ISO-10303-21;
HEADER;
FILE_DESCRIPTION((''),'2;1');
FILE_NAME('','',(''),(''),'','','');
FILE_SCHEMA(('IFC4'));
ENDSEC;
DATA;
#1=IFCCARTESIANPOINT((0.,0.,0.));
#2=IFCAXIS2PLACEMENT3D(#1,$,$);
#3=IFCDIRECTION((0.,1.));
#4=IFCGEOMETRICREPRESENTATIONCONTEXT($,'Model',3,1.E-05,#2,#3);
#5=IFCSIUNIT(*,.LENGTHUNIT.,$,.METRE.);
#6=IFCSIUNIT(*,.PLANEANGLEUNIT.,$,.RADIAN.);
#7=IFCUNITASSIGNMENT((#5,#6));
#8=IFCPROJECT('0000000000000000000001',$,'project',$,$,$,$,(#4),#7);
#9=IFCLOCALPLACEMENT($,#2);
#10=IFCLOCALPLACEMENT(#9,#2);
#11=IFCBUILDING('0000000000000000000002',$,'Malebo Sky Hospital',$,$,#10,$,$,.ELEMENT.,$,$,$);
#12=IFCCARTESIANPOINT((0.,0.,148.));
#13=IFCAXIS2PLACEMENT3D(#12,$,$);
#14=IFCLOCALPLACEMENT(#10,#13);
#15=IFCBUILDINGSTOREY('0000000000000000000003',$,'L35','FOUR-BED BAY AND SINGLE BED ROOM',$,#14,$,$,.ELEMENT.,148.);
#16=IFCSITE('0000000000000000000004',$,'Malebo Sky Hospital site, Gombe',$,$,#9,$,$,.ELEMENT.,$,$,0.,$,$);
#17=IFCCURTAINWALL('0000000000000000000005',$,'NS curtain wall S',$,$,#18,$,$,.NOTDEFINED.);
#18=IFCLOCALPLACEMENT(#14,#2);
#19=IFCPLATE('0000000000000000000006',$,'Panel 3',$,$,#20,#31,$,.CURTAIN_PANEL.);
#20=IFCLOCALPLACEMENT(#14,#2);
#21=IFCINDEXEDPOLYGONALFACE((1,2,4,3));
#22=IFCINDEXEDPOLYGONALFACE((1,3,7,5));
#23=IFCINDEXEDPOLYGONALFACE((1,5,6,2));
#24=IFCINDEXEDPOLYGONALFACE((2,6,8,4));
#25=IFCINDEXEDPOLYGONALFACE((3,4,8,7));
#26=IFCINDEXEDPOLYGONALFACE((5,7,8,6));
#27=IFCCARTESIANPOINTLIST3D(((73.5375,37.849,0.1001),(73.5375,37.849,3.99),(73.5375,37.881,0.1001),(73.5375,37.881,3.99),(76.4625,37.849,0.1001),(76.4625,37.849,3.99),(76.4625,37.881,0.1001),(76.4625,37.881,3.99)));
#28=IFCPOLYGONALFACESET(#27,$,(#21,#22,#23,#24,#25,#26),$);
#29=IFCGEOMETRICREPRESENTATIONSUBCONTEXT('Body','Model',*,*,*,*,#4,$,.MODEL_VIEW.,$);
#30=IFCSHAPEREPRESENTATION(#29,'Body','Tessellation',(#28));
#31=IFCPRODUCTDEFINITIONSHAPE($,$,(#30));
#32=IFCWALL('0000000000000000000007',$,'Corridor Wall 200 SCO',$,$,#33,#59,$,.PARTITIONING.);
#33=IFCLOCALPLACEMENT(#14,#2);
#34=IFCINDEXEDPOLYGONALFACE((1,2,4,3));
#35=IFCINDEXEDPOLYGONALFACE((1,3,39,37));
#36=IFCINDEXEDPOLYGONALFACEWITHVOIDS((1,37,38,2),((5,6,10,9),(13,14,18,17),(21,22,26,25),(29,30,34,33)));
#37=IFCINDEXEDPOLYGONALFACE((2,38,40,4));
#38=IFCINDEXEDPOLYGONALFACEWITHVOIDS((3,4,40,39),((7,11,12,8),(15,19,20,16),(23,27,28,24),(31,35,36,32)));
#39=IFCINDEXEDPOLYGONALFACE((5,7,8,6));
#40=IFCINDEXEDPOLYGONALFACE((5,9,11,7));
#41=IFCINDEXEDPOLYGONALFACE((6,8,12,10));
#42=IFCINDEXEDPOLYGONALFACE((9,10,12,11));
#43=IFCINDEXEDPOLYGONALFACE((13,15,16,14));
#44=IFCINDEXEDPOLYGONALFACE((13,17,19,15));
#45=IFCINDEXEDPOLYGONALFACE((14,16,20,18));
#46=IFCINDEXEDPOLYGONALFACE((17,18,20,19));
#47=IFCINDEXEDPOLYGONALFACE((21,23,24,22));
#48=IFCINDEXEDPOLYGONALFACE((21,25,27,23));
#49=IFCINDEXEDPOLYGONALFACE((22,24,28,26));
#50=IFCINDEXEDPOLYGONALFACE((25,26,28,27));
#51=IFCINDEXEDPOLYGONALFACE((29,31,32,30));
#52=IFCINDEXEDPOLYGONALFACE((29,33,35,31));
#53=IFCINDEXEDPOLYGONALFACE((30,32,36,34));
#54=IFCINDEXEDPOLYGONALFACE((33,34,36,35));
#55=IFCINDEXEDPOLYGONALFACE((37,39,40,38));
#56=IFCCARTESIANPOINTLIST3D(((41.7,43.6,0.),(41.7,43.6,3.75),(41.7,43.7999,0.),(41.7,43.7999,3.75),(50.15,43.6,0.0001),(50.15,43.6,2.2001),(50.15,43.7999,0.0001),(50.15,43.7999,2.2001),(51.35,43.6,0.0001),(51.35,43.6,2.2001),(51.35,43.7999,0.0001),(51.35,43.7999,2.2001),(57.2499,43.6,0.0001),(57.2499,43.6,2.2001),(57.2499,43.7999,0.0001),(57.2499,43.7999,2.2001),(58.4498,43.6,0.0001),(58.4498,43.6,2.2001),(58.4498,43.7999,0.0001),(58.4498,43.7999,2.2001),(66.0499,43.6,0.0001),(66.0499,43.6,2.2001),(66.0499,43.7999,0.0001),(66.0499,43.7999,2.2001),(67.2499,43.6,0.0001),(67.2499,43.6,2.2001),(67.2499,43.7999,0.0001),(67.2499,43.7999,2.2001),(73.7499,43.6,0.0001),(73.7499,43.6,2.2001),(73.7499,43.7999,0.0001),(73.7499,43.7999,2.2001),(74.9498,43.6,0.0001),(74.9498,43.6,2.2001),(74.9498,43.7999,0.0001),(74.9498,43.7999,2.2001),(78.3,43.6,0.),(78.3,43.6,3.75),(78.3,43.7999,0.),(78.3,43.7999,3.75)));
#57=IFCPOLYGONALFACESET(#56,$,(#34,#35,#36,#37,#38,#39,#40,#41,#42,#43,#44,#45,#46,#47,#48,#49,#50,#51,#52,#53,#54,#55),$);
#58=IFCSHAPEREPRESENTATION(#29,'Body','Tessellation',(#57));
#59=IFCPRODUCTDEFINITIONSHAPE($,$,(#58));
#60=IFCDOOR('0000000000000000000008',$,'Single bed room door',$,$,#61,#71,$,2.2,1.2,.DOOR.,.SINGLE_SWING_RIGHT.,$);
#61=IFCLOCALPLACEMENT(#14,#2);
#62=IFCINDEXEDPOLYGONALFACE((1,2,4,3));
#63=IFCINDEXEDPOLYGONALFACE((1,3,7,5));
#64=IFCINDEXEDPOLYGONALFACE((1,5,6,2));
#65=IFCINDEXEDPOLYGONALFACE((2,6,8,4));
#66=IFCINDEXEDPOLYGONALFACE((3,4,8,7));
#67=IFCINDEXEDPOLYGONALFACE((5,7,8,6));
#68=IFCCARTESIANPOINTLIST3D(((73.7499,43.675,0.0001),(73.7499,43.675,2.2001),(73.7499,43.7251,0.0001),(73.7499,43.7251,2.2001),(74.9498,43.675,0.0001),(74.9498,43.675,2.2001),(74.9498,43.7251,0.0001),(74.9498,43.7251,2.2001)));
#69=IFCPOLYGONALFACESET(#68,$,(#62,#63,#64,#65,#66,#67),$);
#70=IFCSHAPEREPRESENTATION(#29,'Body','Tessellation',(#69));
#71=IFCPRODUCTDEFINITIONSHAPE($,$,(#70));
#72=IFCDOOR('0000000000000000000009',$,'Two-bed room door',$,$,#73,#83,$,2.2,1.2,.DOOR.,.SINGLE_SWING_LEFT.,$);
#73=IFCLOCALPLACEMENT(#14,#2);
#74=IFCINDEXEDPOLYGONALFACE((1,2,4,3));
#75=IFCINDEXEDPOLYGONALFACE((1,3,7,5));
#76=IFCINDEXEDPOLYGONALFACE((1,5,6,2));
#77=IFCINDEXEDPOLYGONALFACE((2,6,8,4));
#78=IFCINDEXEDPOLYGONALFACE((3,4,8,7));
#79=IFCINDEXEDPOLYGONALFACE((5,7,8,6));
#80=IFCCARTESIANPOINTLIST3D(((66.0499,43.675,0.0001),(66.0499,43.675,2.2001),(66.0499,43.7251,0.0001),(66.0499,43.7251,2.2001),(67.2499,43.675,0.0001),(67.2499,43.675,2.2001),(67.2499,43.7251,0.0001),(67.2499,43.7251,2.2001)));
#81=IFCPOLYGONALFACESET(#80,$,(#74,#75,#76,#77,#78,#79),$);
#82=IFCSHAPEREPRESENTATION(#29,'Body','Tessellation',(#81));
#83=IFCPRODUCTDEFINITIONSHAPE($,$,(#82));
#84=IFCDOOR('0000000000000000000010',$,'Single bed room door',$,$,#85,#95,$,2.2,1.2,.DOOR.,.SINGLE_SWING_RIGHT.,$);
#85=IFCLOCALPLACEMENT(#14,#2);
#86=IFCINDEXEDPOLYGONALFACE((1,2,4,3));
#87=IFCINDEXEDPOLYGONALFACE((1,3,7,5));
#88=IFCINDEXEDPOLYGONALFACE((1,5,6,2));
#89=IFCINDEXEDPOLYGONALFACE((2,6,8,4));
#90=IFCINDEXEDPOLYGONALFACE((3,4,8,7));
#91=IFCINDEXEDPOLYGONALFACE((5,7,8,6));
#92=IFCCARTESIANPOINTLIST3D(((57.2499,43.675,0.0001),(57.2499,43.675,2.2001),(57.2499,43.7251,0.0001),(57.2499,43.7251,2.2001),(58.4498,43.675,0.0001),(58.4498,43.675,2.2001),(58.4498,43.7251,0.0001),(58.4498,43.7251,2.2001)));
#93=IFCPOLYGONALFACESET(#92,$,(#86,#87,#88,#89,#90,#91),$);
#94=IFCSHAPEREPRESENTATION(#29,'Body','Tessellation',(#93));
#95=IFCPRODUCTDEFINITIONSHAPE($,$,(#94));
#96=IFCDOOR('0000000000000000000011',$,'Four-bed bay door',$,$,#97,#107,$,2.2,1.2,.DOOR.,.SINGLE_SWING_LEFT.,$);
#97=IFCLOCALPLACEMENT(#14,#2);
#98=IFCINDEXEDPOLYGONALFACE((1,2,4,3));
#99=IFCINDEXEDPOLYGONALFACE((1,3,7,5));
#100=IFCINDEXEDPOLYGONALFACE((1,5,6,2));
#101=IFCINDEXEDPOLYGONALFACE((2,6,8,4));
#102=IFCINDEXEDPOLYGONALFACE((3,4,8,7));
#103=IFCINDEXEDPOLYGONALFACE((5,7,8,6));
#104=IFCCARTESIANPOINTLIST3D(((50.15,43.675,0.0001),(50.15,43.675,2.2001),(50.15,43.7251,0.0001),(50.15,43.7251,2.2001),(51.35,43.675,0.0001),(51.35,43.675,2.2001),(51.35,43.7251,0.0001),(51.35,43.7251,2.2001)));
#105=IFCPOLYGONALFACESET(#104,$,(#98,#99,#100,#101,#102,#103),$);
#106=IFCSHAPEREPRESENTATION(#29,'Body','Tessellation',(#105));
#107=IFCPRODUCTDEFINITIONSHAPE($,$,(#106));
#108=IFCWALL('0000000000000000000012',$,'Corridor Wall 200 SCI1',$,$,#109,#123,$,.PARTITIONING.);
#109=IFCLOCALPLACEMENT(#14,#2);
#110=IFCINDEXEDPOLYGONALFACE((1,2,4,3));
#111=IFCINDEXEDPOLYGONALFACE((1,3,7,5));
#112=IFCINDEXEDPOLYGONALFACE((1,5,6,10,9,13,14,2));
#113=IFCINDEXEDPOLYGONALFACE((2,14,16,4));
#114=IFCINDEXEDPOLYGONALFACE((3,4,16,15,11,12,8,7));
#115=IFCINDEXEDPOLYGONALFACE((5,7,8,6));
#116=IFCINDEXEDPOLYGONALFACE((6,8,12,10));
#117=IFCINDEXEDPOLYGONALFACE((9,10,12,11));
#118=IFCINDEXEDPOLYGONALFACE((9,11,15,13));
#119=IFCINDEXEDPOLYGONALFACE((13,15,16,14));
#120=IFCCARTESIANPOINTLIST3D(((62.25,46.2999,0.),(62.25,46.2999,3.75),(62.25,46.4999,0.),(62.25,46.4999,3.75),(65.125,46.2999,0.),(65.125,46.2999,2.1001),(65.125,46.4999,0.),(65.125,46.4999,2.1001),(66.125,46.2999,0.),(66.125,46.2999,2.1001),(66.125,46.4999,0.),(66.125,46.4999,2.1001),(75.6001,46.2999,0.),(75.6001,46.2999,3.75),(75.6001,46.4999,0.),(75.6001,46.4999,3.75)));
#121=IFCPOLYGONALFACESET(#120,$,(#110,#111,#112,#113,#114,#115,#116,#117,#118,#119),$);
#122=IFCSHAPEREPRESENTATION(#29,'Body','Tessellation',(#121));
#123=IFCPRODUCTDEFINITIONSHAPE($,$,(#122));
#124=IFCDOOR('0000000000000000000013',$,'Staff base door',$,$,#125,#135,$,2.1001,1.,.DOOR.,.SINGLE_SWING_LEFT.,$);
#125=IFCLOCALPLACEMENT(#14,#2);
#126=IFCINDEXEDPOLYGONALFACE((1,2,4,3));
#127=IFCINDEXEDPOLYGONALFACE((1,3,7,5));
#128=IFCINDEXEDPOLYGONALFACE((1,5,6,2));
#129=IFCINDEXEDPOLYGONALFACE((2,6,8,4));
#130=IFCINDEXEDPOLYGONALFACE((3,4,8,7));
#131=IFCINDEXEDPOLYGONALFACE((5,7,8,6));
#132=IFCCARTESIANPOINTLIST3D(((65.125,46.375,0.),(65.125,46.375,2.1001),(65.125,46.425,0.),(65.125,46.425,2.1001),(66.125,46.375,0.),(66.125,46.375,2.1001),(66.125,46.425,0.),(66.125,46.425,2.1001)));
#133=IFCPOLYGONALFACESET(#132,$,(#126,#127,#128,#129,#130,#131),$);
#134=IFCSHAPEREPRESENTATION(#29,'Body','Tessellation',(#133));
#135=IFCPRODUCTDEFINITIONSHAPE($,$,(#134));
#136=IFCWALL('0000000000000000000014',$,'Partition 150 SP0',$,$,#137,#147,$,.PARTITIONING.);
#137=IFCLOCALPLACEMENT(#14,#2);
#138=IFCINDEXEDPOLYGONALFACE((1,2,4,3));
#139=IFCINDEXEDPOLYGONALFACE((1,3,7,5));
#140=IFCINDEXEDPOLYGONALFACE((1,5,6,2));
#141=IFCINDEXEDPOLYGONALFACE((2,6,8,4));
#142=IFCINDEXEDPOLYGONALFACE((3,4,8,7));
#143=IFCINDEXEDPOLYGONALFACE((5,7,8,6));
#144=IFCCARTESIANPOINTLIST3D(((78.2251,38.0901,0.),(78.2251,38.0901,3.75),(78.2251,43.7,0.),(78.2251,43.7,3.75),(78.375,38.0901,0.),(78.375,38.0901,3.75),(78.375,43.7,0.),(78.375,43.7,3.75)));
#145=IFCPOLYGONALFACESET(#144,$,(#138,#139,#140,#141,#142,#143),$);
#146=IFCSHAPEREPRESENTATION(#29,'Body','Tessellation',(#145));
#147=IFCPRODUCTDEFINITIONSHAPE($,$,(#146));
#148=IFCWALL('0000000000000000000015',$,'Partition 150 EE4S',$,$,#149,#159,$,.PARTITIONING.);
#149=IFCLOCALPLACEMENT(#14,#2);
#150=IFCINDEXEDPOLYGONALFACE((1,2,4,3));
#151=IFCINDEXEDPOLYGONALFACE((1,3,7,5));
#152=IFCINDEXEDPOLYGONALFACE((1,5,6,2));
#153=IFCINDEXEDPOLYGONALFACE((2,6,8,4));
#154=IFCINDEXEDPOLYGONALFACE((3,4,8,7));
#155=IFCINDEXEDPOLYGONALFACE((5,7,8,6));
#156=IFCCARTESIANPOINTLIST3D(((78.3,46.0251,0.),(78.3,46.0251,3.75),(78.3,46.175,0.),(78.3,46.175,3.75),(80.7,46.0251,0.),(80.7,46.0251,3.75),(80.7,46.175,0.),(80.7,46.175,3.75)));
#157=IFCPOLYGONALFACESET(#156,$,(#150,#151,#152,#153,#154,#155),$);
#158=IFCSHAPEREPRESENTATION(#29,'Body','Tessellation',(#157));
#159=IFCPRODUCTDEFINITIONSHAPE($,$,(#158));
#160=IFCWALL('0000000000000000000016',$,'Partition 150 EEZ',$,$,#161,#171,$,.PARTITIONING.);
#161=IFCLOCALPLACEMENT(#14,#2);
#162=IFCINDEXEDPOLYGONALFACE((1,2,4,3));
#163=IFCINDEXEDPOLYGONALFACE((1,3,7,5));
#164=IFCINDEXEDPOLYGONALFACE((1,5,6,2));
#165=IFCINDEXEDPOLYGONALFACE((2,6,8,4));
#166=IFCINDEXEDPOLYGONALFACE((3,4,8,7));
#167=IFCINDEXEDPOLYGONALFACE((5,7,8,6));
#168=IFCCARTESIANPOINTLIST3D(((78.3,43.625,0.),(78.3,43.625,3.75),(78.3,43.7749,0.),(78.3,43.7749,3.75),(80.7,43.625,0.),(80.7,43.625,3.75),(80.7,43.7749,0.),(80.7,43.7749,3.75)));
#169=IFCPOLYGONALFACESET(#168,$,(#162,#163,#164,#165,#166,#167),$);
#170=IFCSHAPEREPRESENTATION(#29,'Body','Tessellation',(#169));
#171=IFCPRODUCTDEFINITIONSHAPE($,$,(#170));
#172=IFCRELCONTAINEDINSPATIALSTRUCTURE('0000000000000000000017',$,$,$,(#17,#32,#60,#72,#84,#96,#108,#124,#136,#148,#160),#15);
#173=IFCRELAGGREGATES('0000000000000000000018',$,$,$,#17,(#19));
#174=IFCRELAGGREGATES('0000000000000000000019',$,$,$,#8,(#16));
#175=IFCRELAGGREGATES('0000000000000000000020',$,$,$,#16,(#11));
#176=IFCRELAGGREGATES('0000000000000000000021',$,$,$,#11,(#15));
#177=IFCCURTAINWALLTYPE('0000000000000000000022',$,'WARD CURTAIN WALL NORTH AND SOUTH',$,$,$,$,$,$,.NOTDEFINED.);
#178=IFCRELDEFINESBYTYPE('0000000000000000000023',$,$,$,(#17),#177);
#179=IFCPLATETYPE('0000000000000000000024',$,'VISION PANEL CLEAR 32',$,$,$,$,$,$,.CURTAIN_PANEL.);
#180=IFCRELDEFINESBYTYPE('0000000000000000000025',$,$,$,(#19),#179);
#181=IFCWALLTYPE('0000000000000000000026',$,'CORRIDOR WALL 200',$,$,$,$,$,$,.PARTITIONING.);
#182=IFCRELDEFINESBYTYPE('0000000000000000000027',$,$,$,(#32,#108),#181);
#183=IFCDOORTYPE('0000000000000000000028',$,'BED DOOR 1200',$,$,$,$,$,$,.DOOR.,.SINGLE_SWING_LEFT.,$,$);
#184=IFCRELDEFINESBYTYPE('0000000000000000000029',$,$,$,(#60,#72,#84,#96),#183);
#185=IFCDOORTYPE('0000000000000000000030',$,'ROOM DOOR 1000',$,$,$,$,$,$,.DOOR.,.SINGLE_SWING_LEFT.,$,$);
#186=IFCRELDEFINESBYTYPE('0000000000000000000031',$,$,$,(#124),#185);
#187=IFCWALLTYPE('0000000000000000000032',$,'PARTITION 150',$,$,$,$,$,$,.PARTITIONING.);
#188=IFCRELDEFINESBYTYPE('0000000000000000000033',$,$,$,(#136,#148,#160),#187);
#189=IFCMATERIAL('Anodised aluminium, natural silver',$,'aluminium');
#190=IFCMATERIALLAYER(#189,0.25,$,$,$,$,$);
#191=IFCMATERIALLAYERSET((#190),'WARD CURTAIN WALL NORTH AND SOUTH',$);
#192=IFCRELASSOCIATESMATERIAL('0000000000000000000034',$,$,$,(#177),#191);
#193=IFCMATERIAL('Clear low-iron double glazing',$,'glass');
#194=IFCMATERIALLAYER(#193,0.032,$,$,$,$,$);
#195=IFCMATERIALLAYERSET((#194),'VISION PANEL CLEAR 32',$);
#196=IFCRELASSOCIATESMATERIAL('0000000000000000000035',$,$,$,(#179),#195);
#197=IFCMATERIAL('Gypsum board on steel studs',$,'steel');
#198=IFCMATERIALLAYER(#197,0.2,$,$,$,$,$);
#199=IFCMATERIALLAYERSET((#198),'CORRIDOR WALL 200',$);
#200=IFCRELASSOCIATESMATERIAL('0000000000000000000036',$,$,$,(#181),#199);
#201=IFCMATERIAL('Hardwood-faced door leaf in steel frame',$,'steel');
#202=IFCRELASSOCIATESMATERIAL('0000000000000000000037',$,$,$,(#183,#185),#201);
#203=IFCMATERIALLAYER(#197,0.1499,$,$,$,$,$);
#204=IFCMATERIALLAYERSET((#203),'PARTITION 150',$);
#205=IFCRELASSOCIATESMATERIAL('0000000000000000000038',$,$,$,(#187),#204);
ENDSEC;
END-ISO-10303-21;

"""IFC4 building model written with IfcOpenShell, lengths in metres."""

from ifc_helpers import new_model, si_unit, direction, frame, frame_2d, origin, origin_2d, place, context, subcontext, project, spatial, rectangle, extrude, material, layer, layer_set, type_object, element, fill, aggregate, save


model = new_model("IFC4")

# Units and contexts
model_context = context("Model", 3, precision=1e-05, world=origin(), true_north=direction((0.0, 1.0)))
body_context = subcontext(model_context, "Body", "Model", "MODEL_VIEW")
ifc_project = project(units=[si_unit("LENGTHUNIT", "METRE"), si_unit("PLANEANGLEUNIT", "RADIAN")], contexts=[model_context])

# Site, building, storey
site_placement = place(None, origin())
site = spatial("IfcSite", under=ifc_project, at=site_placement, Name="Malebo Sky Hospital site, Gombe", CompositionType="ELEMENT", RefElevation=0.0)
building_placement = place(site_placement, origin())
building = spatial("IfcBuilding", under=site, at=building_placement, Name="Malebo Sky Hospital", CompositionType="ELEMENT")
storey_placement = place(building_placement, frame((0.0, 0.0, 148.0)))
storey = spatial("IfcBuildingStorey", under=building, at=storey_placement, Name="L35", Description="FOUR-BED BAY AND SINGLE BED ROOM", CompositionType="ELEMENT", Elevation=148.0)

# Curtain wall
ifc_material_1 = material(Name="Anodised aluminium, natural silver", Category="aluminium")
ifc_layer_1 = layer(ifc_material_1, 0.25)
ifc_layer_set_1 = layer_set([ifc_layer_1], Name="WARD CURTAIN WALL NORTH AND SOUTH")
curtain_wall_type = type_object("IfcCurtainWallType", Name="WARD CURTAIN WALL NORTH AND SOUTH", PredefinedType="NOTDEFINED", material=ifc_layer_set_1)
curtain_wall_placement = place(storey_placement, origin())
curtain_wall = element("IfcCurtainWall", 1, at=curtain_wall_placement, inside=storey, type_object=curtain_wall_type, Name="NS curtain wall S", PredefinedType="NOTDEFINED")

# Plate
ifc_material_2 = material(Name="Clear low-iron double glazing", Category="glass")
ifc_layer_2 = layer(ifc_material_2, 0.032)
ifc_layer_set_2 = layer_set([ifc_layer_2], Name="VISION PANEL CLEAR 32")
plate_type = type_object("IfcPlateType", Name="VISION PANEL CLEAR 32", PredefinedType="CURTAIN_PANEL", material=ifc_layer_set_2)
plate_1_placement = place(storey_placement, frame((75.0, 37.865, 0.1001), z_axis=(0.0, 0.0, 1.0), x_axis=(-1.0, 0.0, 0.0)))
plate_1 = element("IfcPlate", 2, at=plate_1_placement, type_object=plate_type, Name="Panel 3", PredefinedType="CURTAIN_PANEL", context=body_context, shape_type="SweptSolid", body=[
    extrude(rectangle(XDim=2.925, YDim=0.032, at=origin_2d()), origin(), (0.0, 0.0, 1.0), 3.8899),
])
aggregate(curtain_wall, [plate_1])

# Wall, openings, doors
ifc_material_3 = material(Name="Gypsum board on steel studs", Category="steel")
ifc_layer_3 = layer(ifc_material_3, 0.2)
ifc_layer_set_3 = layer_set([ifc_layer_3], Name="CORRIDOR WALL 200")
wall_type_1 = type_object("IfcWallType", Name="CORRIDOR WALL 200", PredefinedType="PARTITIONING", material=ifc_layer_set_3)
wall_1_placement = place(storey_placement, frame((78.3, 43.7, 0.0), z_axis=(0.0, 0.0, 1.0), x_axis=(-1.0, 0.0, 0.0)))
wall_1 = element("IfcWall", 3, at=wall_1_placement, inside=storey, type_object=wall_type_1, Name="Corridor Wall 200 SCO", PredefinedType="PARTITIONING", context=body_context, shape_type="SweptSolid", body=[
    extrude(rectangle(XDim=36.6001, YDim=0.2, at=frame_2d((18.3, 0.0))), origin(), (0.0, 0.0, 1.0), 3.75),
])
opening_1_placement = place(wall_1_placement, frame((3.3501, 0.0, 0.0)))
opening_1 = element("IfcOpeningElement", 4, at=opening_1_placement, cuts=wall_1, PredefinedType="OPENING", context=body_context, shape_type="SweptSolid", body=[
    extrude(rectangle(XDim=1.2, YDim=2.2, at=frame_2d((0.6001, 1.1001))), frame((0.0, 0.1099, 0.0), z_axis=(0.0, -1.0, 0.0), x_axis=(1.0, 0.0, 0.0)), (0.0, 0.0, 1.0), 0.22),
])
opening_2_placement = place(wall_1_placement, frame((11.05, 0.0, 0.0)))
opening_2 = element("IfcOpeningElement", 5, at=opening_2_placement, cuts=wall_1, PredefinedType="OPENING", context=body_context, shape_type="SweptSolid", body=[
    extrude(rectangle(XDim=1.2, YDim=2.2, at=frame_2d((0.6001, 1.1001))), frame((0.0, 0.1099, 0.0), z_axis=(0.0, -1.0, 0.0), x_axis=(1.0, 0.0, 0.0)), (0.0, 0.0, 1.0), 0.22),
])
opening_3_placement = place(wall_1_placement, frame((19.8501, 0.0, 0.0)))
opening_3 = element("IfcOpeningElement", 6, at=opening_3_placement, cuts=wall_1, PredefinedType="OPENING", context=body_context, shape_type="SweptSolid", body=[
    extrude(rectangle(XDim=1.2, YDim=2.2, at=frame_2d((0.6001, 1.1001))), frame((0.0, 0.1099, 0.0), z_axis=(0.0, -1.0, 0.0), x_axis=(1.0, 0.0, 0.0)), (0.0, 0.0, 1.0), 0.22),
])
opening_4_placement = place(wall_1_placement, frame((26.95, 0.0, 0.0)))
opening_4 = element("IfcOpeningElement", 7, at=opening_4_placement, cuts=wall_1, PredefinedType="OPENING", context=body_context, shape_type="SweptSolid", body=[
    extrude(rectangle(XDim=1.2, YDim=2.2, at=frame_2d((0.6001, 1.1001))), frame((0.0, 0.1099, 0.0), z_axis=(0.0, -1.0, 0.0), x_axis=(1.0, 0.0, 0.0)), (0.0, 0.0, 1.0), 0.22),
])
ifc_material_4 = material(Name="Hardwood-faced door leaf in steel frame", Category="steel")
door_type_1 = type_object("IfcDoorType", Name="BED DOOR 1200", OperationType="SINGLE_SWING_LEFT", PredefinedType="DOOR", material=ifc_material_4)
door_1_placement = place(opening_1_placement, origin())
door_1 = element("IfcDoor", 8, at=door_1_placement, inside=storey, type_object=door_type_1, Name="Single bed room door", OperationType="SINGLE_SWING_RIGHT", OverallHeight=2.2, OverallWidth=1.2, PredefinedType="DOOR", context=body_context, shape_type="SweptSolid", body=[
    extrude(rectangle(XDim=1.2, YDim=2.2, at=frame_2d((0.6001, 1.1001))), frame((0.0, 0.0249, 0.0), z_axis=(0.0, -1.0, 0.0), x_axis=(1.0, 0.0, 0.0)), (0.0, 0.0, 1.0), 0.05),
])
fill(opening_1, door_1)
door_2_placement = place(opening_2_placement, origin())
door_2 = element("IfcDoor", 9, at=door_2_placement, inside=storey, type_object=door_type_1, Name="Two-bed room door", OperationType="SINGLE_SWING_LEFT", OverallHeight=2.2, OverallWidth=1.2, PredefinedType="DOOR", context=body_context, shape_type="SweptSolid", body=[
    extrude(rectangle(XDim=1.2, YDim=2.2, at=frame_2d((0.6001, 1.1001))), frame((0.0, 0.0249, 0.0), z_axis=(0.0, -1.0, 0.0), x_axis=(1.0, 0.0, 0.0)), (0.0, 0.0, 1.0), 0.05),
])
fill(opening_2, door_2)
door_3_placement = place(opening_3_placement, origin())
door_3 = element("IfcDoor", 10, at=door_3_placement, inside=storey, type_object=door_type_1, Name="Single bed room door", OperationType="SINGLE_SWING_RIGHT", OverallHeight=2.2, OverallWidth=1.2, PredefinedType="DOOR", context=body_context, shape_type="SweptSolid", body=[
    extrude(rectangle(XDim=1.2, YDim=2.2, at=frame_2d((0.6001, 1.1001))), frame((0.0, 0.0249, 0.0), z_axis=(0.0, -1.0, 0.0), x_axis=(1.0, 0.0, 0.0)), (0.0, 0.0, 1.0), 0.05),
])
fill(opening_3, door_3)
door_4_placement = place(opening_4_placement, origin())
door_4 = element("IfcDoor", 11, at=door_4_placement, inside=storey, type_object=door_type_1, Name="Four-bed bay door", OperationType="SINGLE_SWING_LEFT", OverallHeight=2.2, OverallWidth=1.2, PredefinedType="DOOR", context=body_context, shape_type="SweptSolid", body=[
    extrude(rectangle(XDim=1.2, YDim=2.2, at=frame_2d((0.6001, 1.1001))), frame((0.0, 0.0249, 0.0), z_axis=(0.0, -1.0, 0.0), x_axis=(1.0, 0.0, 0.0)), (0.0, 0.0, 1.0), 0.05),
])
fill(opening_4, door_4)

# Wall, opening, door
wall_2_placement = place(storey_placement, frame((75.6001, 46.3999, 0.0), z_axis=(0.0, 0.0, 1.0), x_axis=(-1.0, 0.0, 0.0)))
wall_2 = element("IfcWall", 12, at=wall_2_placement, inside=storey, type_object=wall_type_1, Name="Corridor Wall 200 SCI1", PredefinedType="PARTITIONING", context=body_context, shape_type="SweptSolid", body=[
    extrude(rectangle(XDim=13.3501, YDim=0.2, at=frame_2d((6.675, 0.0))), origin(), (0.0, 0.0, 1.0), 3.75),
])
opening_5_placement = place(wall_2_placement, frame((9.4751, 0.0, 0.0)))
opening_5 = element("IfcOpeningElement", 13, at=opening_5_placement, cuts=wall_2, PredefinedType="OPENING", context=body_context, shape_type="SweptSolid", body=[
    extrude(rectangle(XDim=1.0, YDim=2.1001, at=frame_2d((0.5, 1.05))), frame((0.0, 0.1099, 0.0), z_axis=(0.0, -1.0, 0.0), x_axis=(1.0, 0.0, 0.0)), (0.0, 0.0, 1.0), 0.22),
])
door_type_2 = type_object("IfcDoorType", Name="ROOM DOOR 1000", OperationType="SINGLE_SWING_LEFT", PredefinedType="DOOR", material=ifc_material_4)
door_5_placement = place(opening_5_placement, origin())
door_5 = element("IfcDoor", 14, at=door_5_placement, inside=storey, type_object=door_type_2, Name="Staff base door", OperationType="SINGLE_SWING_LEFT", OverallHeight=2.1001, OverallWidth=1.0, PredefinedType="DOOR", context=body_context, shape_type="SweptSolid", body=[
    extrude(rectangle(XDim=1.0, YDim=2.1001, at=frame_2d((0.5, 1.05))), frame((0.0, 0.0249, 0.0), z_axis=(0.0, -1.0, 0.0), x_axis=(1.0, 0.0, 0.0)), (0.0, 0.0, 1.0), 0.05),
])
fill(opening_5, door_5)

# Walls
ifc_layer_4 = layer(ifc_material_3, 0.1499)
ifc_layer_set_4 = layer_set([ifc_layer_4], Name="PARTITION 150")
wall_type_2 = type_object("IfcWallType", Name="PARTITION 150", PredefinedType="PARTITIONING", material=ifc_layer_set_4)
wall_3_placement = place(storey_placement, frame((78.3, 43.7, 0.0), z_axis=(0.0, 0.0, 1.0), x_axis=(0.0, -1.0, 0.0)))
element("IfcWall", 15, at=wall_3_placement, inside=storey, type_object=wall_type_2, Name="Partition 150 SP0", PredefinedType="PARTITIONING", context=body_context, shape_type="SweptSolid", body=[
    extrude(rectangle(XDim=5.6099, YDim=0.1499, at=frame_2d((2.8049, 0.0))), origin(), (0.0, 0.0, 1.0), 3.75),
])
for number, where, z_axis, x_axis, name in (
    (16, (78.3, 46.1001, 0.0), (0.0, 0.0, 1.0), (1.0, 0.0, 0.0), "Partition 150 EE4S"),
    (17, (78.3, 43.7, 0.0), (0.0, 0.0, 1.0), (1.0, 0.0, 0.0), "Partition 150 EEZ"),
):
    element("IfcWall", number, at=place(storey_placement, frame(where, z_axis=z_axis, x_axis=x_axis)), inside=storey, type_object=wall_type_2, Name=name, PredefinedType="PARTITIONING", context=body_context, shape_type="SweptSolid", body=[
        extrude(rectangle(XDim=2.3999, YDim=0.1499, at=frame_2d((1.2, 0.0))), origin(), (0.0, 0.0, 1.0), 3.75),
    ])

save(model, "model.ifc")
